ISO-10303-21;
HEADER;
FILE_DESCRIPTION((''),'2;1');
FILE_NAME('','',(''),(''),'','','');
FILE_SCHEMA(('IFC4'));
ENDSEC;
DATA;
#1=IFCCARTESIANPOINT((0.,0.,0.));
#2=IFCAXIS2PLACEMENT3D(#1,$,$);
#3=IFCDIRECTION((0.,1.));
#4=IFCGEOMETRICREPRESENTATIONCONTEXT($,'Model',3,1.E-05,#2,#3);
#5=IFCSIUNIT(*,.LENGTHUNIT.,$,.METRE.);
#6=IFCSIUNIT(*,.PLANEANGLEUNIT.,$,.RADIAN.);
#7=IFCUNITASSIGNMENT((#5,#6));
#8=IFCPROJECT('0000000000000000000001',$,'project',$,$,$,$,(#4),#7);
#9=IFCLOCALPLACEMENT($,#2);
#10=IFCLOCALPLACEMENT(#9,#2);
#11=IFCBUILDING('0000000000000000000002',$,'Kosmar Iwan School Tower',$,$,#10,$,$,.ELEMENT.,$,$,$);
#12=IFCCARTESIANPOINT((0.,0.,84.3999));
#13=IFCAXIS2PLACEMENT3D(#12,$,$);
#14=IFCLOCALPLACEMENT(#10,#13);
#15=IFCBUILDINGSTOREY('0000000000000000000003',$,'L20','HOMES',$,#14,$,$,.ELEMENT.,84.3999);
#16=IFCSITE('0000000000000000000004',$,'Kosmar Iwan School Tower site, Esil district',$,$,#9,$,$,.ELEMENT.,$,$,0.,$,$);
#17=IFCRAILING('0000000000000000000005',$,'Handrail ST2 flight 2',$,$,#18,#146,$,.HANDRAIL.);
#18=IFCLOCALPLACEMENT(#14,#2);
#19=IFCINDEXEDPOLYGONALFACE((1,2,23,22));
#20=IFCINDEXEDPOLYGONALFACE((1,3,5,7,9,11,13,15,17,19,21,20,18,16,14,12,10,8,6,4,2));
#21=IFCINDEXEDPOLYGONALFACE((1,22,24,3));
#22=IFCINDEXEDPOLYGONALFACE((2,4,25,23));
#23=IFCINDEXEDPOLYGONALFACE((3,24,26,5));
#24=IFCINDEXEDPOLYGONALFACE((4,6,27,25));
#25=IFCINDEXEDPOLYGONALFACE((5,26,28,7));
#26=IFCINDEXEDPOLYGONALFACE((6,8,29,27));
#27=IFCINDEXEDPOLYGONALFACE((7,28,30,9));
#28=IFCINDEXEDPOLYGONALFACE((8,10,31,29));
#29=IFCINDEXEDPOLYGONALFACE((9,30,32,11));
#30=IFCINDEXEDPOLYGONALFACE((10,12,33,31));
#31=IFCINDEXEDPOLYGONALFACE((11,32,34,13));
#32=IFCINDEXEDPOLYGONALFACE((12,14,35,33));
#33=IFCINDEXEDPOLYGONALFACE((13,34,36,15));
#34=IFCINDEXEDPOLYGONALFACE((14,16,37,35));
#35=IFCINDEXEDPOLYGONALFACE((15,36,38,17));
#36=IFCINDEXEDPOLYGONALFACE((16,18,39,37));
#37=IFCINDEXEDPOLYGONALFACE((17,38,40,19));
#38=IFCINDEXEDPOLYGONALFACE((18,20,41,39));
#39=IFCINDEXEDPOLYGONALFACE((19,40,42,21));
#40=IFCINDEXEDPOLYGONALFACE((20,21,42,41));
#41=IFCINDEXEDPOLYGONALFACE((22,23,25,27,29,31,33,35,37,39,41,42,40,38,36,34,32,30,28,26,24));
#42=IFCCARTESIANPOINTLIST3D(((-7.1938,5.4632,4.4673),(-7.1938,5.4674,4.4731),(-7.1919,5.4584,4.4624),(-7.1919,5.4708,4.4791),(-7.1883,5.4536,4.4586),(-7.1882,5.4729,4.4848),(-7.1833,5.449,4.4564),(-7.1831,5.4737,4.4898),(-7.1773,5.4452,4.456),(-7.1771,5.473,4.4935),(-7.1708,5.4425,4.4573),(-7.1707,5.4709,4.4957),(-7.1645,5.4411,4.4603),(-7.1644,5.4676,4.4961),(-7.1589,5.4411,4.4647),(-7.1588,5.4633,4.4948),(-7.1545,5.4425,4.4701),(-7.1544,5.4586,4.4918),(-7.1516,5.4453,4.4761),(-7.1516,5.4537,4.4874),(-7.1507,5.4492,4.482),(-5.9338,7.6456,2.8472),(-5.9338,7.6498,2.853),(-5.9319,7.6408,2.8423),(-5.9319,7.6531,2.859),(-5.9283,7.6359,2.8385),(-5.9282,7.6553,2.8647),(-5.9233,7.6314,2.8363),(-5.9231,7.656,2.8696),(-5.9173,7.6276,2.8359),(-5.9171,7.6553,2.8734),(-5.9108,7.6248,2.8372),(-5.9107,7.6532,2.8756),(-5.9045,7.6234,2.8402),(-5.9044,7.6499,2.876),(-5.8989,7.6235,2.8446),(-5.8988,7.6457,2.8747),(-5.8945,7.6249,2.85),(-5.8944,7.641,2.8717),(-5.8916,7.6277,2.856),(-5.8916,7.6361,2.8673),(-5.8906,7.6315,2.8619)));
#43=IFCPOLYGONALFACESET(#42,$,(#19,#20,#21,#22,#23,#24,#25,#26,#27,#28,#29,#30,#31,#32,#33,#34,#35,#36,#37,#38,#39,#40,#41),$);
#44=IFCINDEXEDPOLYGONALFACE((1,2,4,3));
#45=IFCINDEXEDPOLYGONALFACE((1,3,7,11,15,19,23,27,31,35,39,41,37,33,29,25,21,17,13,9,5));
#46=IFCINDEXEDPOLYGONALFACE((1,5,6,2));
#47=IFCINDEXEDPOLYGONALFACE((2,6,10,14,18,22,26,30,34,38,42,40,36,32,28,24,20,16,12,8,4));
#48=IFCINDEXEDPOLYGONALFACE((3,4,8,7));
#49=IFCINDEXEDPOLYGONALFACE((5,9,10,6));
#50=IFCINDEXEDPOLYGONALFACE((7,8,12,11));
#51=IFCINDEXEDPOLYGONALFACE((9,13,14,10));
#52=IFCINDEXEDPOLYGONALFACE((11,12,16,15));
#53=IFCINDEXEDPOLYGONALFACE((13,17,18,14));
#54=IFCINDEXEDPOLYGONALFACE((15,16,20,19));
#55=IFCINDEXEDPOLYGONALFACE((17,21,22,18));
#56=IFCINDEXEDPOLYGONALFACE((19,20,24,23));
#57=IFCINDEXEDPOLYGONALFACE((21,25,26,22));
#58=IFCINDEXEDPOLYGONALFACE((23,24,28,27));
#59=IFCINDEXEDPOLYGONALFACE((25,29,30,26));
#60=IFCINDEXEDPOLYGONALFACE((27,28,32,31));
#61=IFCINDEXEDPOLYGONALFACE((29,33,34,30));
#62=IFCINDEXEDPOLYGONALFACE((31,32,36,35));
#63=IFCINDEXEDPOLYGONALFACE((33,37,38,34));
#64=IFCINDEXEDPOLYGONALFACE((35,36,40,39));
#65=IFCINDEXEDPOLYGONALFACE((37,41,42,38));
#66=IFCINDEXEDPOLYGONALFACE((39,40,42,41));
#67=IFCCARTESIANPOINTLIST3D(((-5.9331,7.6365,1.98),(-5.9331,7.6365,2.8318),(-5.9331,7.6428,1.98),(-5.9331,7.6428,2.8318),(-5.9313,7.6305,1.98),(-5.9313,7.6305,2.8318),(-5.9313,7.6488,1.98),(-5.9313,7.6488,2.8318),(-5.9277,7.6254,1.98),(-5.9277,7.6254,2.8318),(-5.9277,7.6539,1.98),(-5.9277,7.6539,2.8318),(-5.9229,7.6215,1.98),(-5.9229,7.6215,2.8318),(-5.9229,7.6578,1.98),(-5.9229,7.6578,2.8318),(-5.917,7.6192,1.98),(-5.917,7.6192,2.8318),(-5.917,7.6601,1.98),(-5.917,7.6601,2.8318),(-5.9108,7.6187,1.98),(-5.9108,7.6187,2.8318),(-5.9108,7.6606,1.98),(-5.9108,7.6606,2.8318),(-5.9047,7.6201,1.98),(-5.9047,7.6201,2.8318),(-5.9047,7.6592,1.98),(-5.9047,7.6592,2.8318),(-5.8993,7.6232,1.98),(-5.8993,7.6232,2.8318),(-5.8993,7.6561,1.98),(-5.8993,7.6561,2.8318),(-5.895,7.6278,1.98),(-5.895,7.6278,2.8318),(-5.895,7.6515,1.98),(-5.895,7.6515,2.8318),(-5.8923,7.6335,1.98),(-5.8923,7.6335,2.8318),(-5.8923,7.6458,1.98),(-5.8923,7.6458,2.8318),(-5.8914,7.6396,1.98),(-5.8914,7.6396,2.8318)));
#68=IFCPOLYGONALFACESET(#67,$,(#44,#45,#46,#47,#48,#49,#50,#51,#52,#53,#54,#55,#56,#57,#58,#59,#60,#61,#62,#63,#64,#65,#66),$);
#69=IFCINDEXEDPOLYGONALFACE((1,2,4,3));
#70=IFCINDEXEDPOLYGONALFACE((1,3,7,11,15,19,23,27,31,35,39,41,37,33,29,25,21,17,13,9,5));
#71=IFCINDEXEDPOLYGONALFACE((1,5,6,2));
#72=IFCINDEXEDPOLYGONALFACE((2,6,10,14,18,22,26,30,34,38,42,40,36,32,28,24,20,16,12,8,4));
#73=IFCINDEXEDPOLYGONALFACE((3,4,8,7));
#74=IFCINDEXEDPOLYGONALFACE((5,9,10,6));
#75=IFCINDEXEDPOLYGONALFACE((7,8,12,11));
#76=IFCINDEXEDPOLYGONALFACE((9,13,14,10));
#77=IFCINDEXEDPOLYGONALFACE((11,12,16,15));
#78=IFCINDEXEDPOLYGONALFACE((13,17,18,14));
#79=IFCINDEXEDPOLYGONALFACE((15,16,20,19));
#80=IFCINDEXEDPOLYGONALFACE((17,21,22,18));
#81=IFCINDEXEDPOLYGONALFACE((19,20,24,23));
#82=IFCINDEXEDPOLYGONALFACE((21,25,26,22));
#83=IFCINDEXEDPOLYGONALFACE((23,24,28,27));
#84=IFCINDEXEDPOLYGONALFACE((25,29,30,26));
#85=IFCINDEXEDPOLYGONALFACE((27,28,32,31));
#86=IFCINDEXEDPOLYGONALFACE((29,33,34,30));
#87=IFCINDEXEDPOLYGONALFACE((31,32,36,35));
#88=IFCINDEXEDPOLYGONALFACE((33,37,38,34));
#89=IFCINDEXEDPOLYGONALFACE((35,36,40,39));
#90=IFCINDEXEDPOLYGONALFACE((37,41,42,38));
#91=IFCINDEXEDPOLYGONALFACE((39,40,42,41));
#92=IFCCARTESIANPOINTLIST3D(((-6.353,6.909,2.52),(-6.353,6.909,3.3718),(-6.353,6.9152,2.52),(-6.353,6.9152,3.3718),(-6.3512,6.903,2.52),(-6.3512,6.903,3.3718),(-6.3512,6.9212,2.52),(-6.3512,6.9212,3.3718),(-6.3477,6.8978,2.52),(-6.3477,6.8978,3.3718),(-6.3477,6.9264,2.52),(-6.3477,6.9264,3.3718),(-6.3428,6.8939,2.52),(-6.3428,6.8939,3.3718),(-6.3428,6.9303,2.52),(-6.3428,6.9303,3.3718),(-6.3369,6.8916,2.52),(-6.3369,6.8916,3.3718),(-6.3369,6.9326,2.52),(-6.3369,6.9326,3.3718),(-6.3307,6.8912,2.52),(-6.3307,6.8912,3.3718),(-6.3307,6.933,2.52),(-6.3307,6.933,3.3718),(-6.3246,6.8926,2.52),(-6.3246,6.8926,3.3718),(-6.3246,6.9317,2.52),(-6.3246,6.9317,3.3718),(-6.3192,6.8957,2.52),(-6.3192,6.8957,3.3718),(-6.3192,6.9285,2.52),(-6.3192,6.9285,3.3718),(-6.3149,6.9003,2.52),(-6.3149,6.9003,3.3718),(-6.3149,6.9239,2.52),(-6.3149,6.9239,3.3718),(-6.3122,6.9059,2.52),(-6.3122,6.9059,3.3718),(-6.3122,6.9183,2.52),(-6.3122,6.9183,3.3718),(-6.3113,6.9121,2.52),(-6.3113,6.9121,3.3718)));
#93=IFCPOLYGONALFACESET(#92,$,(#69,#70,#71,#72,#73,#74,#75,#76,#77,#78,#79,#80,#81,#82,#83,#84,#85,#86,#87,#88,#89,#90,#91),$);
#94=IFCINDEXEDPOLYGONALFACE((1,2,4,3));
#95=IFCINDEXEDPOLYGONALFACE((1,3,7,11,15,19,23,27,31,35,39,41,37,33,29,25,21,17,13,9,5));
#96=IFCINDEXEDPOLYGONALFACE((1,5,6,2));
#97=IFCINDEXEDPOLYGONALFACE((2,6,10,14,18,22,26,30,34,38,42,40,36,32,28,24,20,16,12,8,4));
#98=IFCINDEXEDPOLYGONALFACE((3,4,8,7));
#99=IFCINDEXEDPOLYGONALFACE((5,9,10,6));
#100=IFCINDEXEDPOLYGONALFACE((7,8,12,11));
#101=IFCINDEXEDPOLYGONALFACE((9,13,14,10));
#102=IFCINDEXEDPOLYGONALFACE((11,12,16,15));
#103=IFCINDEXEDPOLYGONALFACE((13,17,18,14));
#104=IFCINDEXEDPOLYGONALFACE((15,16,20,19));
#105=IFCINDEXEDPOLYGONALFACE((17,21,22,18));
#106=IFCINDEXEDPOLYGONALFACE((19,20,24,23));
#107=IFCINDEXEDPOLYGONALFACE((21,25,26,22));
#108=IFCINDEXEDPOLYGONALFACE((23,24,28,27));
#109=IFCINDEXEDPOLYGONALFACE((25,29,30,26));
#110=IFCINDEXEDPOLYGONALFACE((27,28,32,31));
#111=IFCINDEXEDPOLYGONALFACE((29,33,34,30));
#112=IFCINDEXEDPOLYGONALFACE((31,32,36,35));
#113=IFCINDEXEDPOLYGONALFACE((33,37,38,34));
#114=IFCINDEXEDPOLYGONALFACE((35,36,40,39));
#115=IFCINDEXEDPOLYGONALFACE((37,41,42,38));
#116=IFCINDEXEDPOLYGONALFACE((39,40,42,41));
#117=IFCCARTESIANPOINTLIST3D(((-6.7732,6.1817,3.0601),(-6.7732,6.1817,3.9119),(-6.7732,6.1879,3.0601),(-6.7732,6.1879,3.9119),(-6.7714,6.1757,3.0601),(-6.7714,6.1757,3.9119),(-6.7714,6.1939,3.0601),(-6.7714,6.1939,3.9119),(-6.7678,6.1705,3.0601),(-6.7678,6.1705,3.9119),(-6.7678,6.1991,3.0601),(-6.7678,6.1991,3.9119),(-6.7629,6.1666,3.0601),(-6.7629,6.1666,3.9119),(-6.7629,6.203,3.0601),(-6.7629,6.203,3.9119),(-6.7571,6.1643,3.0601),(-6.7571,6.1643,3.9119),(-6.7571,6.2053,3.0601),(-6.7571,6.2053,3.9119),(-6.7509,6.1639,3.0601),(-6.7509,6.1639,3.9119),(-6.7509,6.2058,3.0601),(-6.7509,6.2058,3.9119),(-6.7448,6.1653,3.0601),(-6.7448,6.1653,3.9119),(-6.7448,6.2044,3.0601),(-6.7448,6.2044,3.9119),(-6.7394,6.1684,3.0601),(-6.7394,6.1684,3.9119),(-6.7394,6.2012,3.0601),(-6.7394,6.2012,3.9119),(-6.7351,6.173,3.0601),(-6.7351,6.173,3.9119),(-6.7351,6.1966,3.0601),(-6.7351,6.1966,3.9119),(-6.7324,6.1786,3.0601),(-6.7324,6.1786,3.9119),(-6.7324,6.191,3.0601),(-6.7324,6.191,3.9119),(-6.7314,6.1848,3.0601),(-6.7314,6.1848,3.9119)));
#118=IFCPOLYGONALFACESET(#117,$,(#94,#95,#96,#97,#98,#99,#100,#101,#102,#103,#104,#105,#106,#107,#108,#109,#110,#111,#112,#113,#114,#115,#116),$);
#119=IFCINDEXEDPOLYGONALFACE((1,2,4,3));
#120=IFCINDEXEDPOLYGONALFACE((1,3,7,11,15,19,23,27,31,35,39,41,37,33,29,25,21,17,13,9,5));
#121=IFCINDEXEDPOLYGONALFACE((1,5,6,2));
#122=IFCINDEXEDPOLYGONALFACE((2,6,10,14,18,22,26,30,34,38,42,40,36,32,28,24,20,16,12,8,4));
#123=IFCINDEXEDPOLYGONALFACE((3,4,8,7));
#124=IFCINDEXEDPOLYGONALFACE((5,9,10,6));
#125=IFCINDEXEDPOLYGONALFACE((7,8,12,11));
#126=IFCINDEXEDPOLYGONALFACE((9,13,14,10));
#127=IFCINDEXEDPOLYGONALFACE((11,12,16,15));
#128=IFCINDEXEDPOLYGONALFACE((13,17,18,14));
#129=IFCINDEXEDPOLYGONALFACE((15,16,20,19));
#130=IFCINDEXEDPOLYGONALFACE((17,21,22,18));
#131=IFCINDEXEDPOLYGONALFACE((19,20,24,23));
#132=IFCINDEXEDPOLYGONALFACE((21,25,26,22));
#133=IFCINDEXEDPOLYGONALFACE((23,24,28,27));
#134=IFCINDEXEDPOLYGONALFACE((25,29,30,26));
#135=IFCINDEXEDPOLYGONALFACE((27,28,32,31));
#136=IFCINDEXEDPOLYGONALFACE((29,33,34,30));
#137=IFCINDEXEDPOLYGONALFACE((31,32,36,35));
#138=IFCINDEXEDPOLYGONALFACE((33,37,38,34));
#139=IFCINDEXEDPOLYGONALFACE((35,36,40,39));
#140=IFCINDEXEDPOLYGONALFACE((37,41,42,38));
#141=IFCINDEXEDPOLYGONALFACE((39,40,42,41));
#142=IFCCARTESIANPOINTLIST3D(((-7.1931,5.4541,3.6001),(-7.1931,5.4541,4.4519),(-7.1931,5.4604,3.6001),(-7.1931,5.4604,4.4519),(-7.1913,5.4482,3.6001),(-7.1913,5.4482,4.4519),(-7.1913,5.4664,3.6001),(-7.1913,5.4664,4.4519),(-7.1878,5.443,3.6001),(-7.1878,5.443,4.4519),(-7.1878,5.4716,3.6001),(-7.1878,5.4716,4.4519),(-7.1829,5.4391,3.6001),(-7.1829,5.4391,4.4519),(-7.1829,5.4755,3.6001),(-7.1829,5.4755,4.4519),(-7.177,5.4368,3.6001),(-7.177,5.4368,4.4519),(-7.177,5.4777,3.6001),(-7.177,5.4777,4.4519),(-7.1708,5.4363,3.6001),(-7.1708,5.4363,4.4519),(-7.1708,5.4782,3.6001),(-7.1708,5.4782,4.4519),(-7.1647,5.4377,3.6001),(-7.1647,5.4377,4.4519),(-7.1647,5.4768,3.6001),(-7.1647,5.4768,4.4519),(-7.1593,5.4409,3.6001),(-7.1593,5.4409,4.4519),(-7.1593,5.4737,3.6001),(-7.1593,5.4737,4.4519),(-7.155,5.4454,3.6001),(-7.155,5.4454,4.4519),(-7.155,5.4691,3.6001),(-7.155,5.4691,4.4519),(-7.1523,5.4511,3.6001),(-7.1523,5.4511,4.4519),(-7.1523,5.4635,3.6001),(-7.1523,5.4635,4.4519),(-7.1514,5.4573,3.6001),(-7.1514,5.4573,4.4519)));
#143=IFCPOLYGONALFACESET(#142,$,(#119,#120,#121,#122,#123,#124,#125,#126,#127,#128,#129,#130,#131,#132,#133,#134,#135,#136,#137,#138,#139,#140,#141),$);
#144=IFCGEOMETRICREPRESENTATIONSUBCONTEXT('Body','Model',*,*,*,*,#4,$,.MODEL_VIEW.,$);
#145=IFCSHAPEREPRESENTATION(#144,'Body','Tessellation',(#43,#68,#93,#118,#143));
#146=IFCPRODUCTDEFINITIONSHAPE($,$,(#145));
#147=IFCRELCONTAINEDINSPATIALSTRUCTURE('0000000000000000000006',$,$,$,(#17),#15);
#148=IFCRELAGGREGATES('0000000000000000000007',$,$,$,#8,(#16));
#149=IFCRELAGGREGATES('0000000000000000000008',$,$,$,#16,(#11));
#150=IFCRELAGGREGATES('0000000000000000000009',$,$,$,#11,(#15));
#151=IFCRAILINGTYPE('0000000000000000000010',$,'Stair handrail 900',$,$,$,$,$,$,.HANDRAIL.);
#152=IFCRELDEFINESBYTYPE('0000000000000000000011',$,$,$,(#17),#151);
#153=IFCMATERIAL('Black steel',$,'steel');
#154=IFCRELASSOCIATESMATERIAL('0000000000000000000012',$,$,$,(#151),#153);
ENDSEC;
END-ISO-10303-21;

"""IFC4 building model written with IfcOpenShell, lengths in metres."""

from ifc_helpers import new_model, si_unit, direction, frame, origin, origin_2d, place, context, subcontext, project, spatial, circle, extrude, material, type_object, element, save


model = new_model("IFC4")

# Units and contexts
model_context = context("Model", 3, precision=1e-05, world=origin(), true_north=direction((0.0, 1.0)))
body_context = subcontext(model_context, "Body", "Model", "MODEL_VIEW")
ifc_project = project(units=[si_unit("LENGTHUNIT", "METRE"), si_unit("PLANEANGLEUNIT", "RADIAN")], contexts=[model_context])

# Site, building, storey
site_placement = place(None, origin())
site = spatial("IfcSite", under=ifc_project, at=site_placement, Name="Kosmar Iwan School Tower site, Esil district", CompositionType="ELEMENT", RefElevation=0.0)
building_placement = place(site_placement, origin())
building = spatial("IfcBuilding", under=site, at=building_placement, Name="Kosmar Iwan School Tower", CompositionType="ELEMENT")
storey_placement = place(building_placement, frame((0.0, 0.0, 84.3999)))
storey = spatial("IfcBuildingStorey", under=building, at=storey_placement, Name="L20", Description="HOMES", CompositionType="ELEMENT", Elevation=84.3999)

# Railing
ifc_material_1 = material(Name="Black steel", Category="steel")
railing_type = type_object("IfcRailingType", Name="Stair handrail 900", PredefinedType="HANDRAIL", material=ifc_material_1)
railing_1_placement = place(storey_placement, frame((-5.9124, 7.6396, 1.98)))
element("IfcRailing", 1, at=railing_1_placement, inside=storey, type_object=railing_type, Name="Handrail ST2 flight 2", PredefinedType="HANDRAIL", context=body_context, shape_type="SweptSolid", body=[
    extrude(circle(Radius=0.0239, at=origin_2d()), frame((0.0, 0.0, 0.876), z_axis=(-0.420584, -0.728464, 0.540786), x_axis=(0.866023, -0.500005, 0.0)), (0.0, 0.0, 1.0), 2.9958),
    extrude(circle(Radius=0.021, at=origin_2d()), origin(), (0.0, 0.0, 1.0), 0.8518),
    extrude(circle(Radius=0.021, at=origin_2d()), frame((-0.4199, -0.7275, 0.54)), (0.0, 0.0, 1.0), 0.8518),
    extrude(circle(Radius=0.021, at=origin_2d()), frame((-0.8401, -1.4548, 1.0801)), (0.0, 0.0, 1.0), 0.8518),
    extrude(circle(Radius=0.021, at=origin_2d()), frame((-1.26, -2.1824, 1.6201)), (0.0, 0.0, 1.0), 0.8518),
])

save(model, "model.ifc")
